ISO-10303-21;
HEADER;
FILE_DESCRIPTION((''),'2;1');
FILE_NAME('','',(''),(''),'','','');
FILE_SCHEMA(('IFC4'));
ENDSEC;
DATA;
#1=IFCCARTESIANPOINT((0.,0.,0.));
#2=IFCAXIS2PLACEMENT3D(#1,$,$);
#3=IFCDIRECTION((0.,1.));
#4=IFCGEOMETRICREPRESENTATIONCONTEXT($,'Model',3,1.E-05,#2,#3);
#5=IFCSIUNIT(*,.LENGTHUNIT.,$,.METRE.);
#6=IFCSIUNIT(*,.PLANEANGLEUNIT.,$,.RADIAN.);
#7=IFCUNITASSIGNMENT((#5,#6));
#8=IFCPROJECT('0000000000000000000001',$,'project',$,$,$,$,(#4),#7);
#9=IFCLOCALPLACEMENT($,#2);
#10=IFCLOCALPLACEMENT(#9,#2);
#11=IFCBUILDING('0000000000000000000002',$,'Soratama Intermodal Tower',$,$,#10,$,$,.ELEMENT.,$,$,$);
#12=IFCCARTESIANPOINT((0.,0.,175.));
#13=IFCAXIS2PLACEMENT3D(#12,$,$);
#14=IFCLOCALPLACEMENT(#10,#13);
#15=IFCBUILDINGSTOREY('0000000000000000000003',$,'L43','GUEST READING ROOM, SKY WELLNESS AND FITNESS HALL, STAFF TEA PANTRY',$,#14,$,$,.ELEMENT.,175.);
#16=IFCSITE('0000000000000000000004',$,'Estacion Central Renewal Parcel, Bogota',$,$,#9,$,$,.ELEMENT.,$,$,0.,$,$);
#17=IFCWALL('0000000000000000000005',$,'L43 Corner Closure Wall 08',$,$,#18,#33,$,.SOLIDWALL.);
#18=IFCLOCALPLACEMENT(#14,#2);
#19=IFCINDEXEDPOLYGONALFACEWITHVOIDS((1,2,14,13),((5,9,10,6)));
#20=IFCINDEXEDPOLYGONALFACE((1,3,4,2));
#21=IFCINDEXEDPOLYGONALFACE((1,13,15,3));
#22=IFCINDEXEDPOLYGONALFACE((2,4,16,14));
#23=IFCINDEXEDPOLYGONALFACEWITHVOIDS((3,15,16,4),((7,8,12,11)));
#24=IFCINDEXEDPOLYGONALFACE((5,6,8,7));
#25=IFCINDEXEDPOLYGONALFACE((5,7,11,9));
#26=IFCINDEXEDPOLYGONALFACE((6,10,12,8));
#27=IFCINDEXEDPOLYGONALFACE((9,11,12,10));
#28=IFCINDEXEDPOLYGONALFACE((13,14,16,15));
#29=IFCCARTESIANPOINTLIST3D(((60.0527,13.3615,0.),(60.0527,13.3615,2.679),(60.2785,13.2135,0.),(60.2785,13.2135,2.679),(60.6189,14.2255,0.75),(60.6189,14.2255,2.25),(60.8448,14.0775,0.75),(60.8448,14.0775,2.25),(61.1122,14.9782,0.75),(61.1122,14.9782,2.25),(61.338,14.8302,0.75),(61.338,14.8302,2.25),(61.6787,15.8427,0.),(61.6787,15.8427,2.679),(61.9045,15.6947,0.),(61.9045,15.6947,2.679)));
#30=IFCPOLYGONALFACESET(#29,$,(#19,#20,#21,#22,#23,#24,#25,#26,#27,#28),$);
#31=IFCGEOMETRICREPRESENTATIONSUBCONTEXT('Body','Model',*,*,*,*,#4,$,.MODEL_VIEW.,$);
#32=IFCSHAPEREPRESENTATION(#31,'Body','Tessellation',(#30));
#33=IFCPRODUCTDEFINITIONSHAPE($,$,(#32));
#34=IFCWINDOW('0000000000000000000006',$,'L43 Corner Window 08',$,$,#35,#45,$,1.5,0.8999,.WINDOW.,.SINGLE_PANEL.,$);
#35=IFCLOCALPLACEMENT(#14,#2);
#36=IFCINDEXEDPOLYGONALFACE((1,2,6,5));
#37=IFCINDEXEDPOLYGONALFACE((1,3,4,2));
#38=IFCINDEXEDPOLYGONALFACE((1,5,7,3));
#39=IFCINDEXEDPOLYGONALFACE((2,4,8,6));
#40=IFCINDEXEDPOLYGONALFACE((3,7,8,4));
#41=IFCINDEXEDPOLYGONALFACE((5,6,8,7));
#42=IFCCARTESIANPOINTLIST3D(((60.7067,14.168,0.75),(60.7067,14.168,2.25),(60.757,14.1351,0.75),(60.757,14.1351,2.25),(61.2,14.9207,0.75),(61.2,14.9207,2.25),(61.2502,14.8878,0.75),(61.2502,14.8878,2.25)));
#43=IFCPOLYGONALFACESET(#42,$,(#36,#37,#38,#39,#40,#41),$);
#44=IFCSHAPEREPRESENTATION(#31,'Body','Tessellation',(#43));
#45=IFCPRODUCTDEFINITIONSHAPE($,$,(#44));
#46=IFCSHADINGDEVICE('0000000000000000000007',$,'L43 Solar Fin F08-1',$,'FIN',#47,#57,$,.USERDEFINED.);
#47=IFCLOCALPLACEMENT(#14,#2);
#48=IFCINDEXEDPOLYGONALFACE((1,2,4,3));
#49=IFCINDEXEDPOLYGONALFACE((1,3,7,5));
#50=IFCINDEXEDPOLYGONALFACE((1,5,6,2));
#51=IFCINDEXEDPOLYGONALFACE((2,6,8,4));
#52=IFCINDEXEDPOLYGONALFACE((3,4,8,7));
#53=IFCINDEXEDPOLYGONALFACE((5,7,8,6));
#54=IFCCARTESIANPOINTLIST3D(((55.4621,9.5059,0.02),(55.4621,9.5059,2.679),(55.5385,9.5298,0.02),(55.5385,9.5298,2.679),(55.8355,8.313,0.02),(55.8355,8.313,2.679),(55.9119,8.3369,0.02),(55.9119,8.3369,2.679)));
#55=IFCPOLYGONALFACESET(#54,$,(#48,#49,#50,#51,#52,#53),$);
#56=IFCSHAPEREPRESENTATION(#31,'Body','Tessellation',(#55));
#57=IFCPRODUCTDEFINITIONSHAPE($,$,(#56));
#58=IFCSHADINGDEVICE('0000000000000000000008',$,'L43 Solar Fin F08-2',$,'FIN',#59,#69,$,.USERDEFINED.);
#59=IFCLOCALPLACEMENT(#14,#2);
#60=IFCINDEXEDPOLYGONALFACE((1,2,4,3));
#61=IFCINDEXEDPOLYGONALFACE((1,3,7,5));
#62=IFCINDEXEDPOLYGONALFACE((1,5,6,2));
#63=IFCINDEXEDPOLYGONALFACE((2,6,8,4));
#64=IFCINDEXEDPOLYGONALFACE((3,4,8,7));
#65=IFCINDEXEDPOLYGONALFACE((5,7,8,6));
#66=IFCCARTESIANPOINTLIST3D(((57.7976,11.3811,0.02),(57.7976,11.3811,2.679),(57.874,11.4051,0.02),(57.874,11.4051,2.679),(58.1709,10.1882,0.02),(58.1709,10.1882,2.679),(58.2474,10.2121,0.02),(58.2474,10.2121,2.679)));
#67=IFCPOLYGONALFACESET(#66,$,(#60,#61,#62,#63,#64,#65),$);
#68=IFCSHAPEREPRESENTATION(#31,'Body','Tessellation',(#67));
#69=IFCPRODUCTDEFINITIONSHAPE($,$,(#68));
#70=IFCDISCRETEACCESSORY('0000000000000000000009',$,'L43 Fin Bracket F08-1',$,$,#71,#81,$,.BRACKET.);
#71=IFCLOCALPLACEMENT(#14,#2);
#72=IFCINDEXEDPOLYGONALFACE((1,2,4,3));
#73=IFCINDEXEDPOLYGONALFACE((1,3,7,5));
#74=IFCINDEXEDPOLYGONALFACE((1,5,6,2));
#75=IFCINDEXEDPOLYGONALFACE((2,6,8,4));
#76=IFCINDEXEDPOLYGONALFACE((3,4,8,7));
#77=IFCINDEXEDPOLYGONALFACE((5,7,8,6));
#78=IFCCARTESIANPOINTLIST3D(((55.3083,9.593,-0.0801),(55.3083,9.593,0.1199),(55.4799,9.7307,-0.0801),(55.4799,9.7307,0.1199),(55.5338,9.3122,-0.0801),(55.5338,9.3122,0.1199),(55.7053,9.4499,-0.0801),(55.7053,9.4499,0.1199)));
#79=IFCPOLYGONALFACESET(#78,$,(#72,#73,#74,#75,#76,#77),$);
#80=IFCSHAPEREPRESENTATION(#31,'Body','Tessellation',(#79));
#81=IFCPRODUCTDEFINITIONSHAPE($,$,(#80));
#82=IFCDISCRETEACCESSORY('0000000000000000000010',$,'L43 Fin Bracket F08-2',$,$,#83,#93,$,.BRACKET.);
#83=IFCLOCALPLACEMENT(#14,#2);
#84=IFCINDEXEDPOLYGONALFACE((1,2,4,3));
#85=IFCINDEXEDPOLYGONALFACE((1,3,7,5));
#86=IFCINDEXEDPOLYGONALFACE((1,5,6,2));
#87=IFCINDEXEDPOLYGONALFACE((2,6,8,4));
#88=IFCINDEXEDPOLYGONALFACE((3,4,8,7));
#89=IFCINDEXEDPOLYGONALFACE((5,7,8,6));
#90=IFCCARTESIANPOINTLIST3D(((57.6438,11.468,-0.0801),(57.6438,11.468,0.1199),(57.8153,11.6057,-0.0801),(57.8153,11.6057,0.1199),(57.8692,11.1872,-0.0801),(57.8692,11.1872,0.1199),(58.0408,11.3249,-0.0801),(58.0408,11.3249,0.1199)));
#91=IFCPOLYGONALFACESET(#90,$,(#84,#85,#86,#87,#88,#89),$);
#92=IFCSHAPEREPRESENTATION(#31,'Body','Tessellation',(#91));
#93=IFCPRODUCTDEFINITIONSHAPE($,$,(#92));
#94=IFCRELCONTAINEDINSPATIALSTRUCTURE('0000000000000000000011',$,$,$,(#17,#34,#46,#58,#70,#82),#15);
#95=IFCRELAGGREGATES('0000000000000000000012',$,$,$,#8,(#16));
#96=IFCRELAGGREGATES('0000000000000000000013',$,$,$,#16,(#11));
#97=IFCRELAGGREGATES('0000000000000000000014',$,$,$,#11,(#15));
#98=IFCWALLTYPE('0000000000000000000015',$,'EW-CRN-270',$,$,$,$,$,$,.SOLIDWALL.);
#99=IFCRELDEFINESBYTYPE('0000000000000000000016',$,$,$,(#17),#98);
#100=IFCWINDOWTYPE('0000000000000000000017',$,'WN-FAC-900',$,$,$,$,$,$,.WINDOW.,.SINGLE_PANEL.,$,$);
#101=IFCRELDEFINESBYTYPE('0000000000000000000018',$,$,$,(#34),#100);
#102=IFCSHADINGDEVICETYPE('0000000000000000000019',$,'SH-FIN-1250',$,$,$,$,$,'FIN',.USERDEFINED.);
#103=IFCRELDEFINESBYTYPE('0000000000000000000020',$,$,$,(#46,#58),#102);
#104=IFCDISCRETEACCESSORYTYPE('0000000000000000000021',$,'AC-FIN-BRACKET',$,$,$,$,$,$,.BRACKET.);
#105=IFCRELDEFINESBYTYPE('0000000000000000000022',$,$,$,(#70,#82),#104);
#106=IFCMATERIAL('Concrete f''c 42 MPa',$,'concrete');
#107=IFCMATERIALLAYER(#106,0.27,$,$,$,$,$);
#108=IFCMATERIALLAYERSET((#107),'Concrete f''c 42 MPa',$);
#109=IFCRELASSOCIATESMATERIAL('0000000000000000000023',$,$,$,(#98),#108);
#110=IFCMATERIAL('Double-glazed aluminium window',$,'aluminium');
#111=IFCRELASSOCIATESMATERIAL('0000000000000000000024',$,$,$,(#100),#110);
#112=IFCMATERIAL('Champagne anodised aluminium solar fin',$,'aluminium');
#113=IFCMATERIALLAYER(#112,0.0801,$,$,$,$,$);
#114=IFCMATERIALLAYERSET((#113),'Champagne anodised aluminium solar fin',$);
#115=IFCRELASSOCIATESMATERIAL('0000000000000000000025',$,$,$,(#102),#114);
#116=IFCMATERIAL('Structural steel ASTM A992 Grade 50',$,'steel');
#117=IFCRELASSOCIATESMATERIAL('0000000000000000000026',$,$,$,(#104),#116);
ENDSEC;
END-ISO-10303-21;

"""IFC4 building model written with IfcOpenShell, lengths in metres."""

from ifc_helpers import new_model, si_unit, direction, frame, frame_2d, origin, origin_2d, place, context, subcontext, project, spatial, rectangle, extrude, material, layer, layer_set, type_object, element, fill, save


model = new_model("IFC4")

# Units and contexts
model_context = context("Model", 3, precision=1e-05, world=origin(), true_north=direction((0.0, 1.0)))
body_context = subcontext(model_context, "Body", "Model", "MODEL_VIEW")
ifc_project = project(units=[si_unit("LENGTHUNIT", "METRE"), si_unit("PLANEANGLEUNIT", "RADIAN")], contexts=[model_context])

# Site, building, storey
site_placement = place(None, origin())
site = spatial("IfcSite", under=ifc_project, at=site_placement, Name="Estacion Central Renewal Parcel, Bogota", CompositionType="ELEMENT", RefElevation=0.0)
building_placement = place(site_placement, origin())
building = spatial("IfcBuilding", under=site, at=building_placement, Name="Soratama Intermodal Tower", CompositionType="ELEMENT")
storey_placement = place(building_placement, frame((0.0, 0.0, 175.0)))
storey = spatial("IfcBuildingStorey", under=building, at=storey_placement, Name="L43", Description="GUEST READING ROOM, SKY WELLNESS AND FITNESS HALL, STAFF TEA PANTRY", CompositionType="ELEMENT", Elevation=175.0)

# Wall, opening, window
ifc_material_1 = material(Name="Concrete f'c 42 MPa", Category="concrete")
ifc_layer_1 = layer(ifc_material_1, 0.27)
ifc_layer_set_1 = layer_set([ifc_layer_1], Name="Concrete f'c 42 MPa")
wall_type = type_object("IfcWallType", Name="EW-CRN-270", PredefinedType="SOLIDWALL", material=ifc_layer_set_1)
wall_placement = place(storey_placement, frame((60.1655, 13.2874, 0.0), z_axis=(0.0, 0.0, 1.0), x_axis=(0.548112, 0.836405, 0.0)))
wall = element("IfcWall", 1, at=wall_placement, inside=storey, type_object=wall_type, Name="L43 Corner Closure Wall 08", PredefinedType="SOLIDWALL", context=body_context, shape_type="SweptSolid", body=[
    extrude(rectangle(XDim=2.9666, YDim=0.27, at=frame_2d((1.4834, 0.0))), origin(), (0.0, 0.0, 1.0), 2.679),
])
opening_placement = place(wall_placement, frame((1.0332, 0.0, 0.75)))
opening = element("IfcOpeningElement", 2, at=opening_placement, cuts=wall, PredefinedType="OPENING", context=body_context, shape_type="SweptSolid", body=[
    extrude(rectangle(XDim=0.8999, YDim=1.5, at=frame_2d((0.45, 0.75))), frame((0.0, 0.145, 0.0), z_axis=(0.0, -1.0, 0.0), x_axis=(1.0, 0.0, 0.0)), (0.0, 0.0, 1.0), 0.29),
])
ifc_material_2 = material(Name="Double-glazed aluminium window", Category="aluminium")
window_type = type_object("IfcWindowType", Name="WN-FAC-900", PartitioningType="SINGLE_PANEL", PredefinedType="WINDOW", material=ifc_material_2)
window_placement = place(opening_placement, origin())
window = element("IfcWindow", 3, at=window_placement, inside=storey, type_object=window_type, Name="L43 Corner Window 08", OverallHeight=1.5, OverallWidth=0.8999, PartitioningType="SINGLE_PANEL", PredefinedType="WINDOW", context=body_context, shape_type="SweptSolid", body=[
    extrude(rectangle(XDim=0.8999, YDim=1.5, at=frame_2d((0.45, 0.75))), frame((0.0, 0.03, 0.0), z_axis=(0.0, -1.0, 0.0), x_axis=(1.0, 0.0, 0.0)), (0.0, 0.0, 1.0), 0.0601),
])
fill(opening, window)

# Shading devices
ifc_material_3 = material(Name="Champagne anodised aluminium solar fin", Category="aluminium")
ifc_layer_2 = layer(ifc_material_3, 0.0801)
ifc_layer_set_2 = layer_set([ifc_layer_2], Name="Champagne anodised aluminium solar fin")
shading_device_type = type_object("IfcShadingDeviceType", Name="SH-FIN-1250", ElementType="FIN", PredefinedType="USERDEFINED", material=ifc_layer_set_2)
for number, where, z_axis, x_axis, name in (
    (4, (55.687, 8.9214, 0.02), (0.0, 0.0, 1.0), (0.298708, -0.954345, 0.0), "L43 Solar Fin F08-1"),
    (5, (58.0225, 10.7966, 0.02), (0.0, 0.0, 1.0), (0.298708, -0.954345, 0.0), "L43 Solar Fin F08-2"),
):
    element("IfcShadingDevice", number, at=place(storey_placement, frame(where, z_axis=z_axis, x_axis=x_axis)), inside=storey, type_object=shading_device_type, Name=name, ObjectType="FIN", PredefinedType="USERDEFINED", context=body_context, shape_type="SweptSolid", body=[
        extrude(rectangle(XDim=1.25, YDim=0.0801, at=origin_2d()), origin(), (0.0, 0.0, 1.0), 2.6589),
    ])

# Discrete accessories
ifc_material_4 = material(Name="Structural steel ASTM A992 Grade 50", Category="steel")
discrete_accessory_type = type_object("IfcDiscreteAccessoryType", Name="AC-FIN-BRACKET", PredefinedType="BRACKET", material=ifc_material_4)
for number, where, z_axis, x_axis, name in (
    (6, (55.5068, 9.5215, -0.0801), (0.0, 0.0, 1.0), (0.62606, -0.779775, 0.0), "L43 Fin Bracket F08-1"),
    (7, (57.8423, 11.3965, -0.0801), (0.0, 0.0, 1.0), (0.62606, -0.779775, 0.0), "L43 Fin Bracket F08-2"),
):
    element("IfcDiscreteAccessory", number, at=place(storey_placement, frame(where, z_axis=z_axis, x_axis=x_axis)), inside=storey, type_object=discrete_accessory_type, Name=name, PredefinedType="BRACKET", context=body_context, shape_type="SweptSolid", body=[
        extrude(rectangle(XDim=0.3601, YDim=0.22, at=origin_2d()), origin(), (0.0, 0.0, 1.0), 0.2),
    ])

save(model, "model.ifc")
